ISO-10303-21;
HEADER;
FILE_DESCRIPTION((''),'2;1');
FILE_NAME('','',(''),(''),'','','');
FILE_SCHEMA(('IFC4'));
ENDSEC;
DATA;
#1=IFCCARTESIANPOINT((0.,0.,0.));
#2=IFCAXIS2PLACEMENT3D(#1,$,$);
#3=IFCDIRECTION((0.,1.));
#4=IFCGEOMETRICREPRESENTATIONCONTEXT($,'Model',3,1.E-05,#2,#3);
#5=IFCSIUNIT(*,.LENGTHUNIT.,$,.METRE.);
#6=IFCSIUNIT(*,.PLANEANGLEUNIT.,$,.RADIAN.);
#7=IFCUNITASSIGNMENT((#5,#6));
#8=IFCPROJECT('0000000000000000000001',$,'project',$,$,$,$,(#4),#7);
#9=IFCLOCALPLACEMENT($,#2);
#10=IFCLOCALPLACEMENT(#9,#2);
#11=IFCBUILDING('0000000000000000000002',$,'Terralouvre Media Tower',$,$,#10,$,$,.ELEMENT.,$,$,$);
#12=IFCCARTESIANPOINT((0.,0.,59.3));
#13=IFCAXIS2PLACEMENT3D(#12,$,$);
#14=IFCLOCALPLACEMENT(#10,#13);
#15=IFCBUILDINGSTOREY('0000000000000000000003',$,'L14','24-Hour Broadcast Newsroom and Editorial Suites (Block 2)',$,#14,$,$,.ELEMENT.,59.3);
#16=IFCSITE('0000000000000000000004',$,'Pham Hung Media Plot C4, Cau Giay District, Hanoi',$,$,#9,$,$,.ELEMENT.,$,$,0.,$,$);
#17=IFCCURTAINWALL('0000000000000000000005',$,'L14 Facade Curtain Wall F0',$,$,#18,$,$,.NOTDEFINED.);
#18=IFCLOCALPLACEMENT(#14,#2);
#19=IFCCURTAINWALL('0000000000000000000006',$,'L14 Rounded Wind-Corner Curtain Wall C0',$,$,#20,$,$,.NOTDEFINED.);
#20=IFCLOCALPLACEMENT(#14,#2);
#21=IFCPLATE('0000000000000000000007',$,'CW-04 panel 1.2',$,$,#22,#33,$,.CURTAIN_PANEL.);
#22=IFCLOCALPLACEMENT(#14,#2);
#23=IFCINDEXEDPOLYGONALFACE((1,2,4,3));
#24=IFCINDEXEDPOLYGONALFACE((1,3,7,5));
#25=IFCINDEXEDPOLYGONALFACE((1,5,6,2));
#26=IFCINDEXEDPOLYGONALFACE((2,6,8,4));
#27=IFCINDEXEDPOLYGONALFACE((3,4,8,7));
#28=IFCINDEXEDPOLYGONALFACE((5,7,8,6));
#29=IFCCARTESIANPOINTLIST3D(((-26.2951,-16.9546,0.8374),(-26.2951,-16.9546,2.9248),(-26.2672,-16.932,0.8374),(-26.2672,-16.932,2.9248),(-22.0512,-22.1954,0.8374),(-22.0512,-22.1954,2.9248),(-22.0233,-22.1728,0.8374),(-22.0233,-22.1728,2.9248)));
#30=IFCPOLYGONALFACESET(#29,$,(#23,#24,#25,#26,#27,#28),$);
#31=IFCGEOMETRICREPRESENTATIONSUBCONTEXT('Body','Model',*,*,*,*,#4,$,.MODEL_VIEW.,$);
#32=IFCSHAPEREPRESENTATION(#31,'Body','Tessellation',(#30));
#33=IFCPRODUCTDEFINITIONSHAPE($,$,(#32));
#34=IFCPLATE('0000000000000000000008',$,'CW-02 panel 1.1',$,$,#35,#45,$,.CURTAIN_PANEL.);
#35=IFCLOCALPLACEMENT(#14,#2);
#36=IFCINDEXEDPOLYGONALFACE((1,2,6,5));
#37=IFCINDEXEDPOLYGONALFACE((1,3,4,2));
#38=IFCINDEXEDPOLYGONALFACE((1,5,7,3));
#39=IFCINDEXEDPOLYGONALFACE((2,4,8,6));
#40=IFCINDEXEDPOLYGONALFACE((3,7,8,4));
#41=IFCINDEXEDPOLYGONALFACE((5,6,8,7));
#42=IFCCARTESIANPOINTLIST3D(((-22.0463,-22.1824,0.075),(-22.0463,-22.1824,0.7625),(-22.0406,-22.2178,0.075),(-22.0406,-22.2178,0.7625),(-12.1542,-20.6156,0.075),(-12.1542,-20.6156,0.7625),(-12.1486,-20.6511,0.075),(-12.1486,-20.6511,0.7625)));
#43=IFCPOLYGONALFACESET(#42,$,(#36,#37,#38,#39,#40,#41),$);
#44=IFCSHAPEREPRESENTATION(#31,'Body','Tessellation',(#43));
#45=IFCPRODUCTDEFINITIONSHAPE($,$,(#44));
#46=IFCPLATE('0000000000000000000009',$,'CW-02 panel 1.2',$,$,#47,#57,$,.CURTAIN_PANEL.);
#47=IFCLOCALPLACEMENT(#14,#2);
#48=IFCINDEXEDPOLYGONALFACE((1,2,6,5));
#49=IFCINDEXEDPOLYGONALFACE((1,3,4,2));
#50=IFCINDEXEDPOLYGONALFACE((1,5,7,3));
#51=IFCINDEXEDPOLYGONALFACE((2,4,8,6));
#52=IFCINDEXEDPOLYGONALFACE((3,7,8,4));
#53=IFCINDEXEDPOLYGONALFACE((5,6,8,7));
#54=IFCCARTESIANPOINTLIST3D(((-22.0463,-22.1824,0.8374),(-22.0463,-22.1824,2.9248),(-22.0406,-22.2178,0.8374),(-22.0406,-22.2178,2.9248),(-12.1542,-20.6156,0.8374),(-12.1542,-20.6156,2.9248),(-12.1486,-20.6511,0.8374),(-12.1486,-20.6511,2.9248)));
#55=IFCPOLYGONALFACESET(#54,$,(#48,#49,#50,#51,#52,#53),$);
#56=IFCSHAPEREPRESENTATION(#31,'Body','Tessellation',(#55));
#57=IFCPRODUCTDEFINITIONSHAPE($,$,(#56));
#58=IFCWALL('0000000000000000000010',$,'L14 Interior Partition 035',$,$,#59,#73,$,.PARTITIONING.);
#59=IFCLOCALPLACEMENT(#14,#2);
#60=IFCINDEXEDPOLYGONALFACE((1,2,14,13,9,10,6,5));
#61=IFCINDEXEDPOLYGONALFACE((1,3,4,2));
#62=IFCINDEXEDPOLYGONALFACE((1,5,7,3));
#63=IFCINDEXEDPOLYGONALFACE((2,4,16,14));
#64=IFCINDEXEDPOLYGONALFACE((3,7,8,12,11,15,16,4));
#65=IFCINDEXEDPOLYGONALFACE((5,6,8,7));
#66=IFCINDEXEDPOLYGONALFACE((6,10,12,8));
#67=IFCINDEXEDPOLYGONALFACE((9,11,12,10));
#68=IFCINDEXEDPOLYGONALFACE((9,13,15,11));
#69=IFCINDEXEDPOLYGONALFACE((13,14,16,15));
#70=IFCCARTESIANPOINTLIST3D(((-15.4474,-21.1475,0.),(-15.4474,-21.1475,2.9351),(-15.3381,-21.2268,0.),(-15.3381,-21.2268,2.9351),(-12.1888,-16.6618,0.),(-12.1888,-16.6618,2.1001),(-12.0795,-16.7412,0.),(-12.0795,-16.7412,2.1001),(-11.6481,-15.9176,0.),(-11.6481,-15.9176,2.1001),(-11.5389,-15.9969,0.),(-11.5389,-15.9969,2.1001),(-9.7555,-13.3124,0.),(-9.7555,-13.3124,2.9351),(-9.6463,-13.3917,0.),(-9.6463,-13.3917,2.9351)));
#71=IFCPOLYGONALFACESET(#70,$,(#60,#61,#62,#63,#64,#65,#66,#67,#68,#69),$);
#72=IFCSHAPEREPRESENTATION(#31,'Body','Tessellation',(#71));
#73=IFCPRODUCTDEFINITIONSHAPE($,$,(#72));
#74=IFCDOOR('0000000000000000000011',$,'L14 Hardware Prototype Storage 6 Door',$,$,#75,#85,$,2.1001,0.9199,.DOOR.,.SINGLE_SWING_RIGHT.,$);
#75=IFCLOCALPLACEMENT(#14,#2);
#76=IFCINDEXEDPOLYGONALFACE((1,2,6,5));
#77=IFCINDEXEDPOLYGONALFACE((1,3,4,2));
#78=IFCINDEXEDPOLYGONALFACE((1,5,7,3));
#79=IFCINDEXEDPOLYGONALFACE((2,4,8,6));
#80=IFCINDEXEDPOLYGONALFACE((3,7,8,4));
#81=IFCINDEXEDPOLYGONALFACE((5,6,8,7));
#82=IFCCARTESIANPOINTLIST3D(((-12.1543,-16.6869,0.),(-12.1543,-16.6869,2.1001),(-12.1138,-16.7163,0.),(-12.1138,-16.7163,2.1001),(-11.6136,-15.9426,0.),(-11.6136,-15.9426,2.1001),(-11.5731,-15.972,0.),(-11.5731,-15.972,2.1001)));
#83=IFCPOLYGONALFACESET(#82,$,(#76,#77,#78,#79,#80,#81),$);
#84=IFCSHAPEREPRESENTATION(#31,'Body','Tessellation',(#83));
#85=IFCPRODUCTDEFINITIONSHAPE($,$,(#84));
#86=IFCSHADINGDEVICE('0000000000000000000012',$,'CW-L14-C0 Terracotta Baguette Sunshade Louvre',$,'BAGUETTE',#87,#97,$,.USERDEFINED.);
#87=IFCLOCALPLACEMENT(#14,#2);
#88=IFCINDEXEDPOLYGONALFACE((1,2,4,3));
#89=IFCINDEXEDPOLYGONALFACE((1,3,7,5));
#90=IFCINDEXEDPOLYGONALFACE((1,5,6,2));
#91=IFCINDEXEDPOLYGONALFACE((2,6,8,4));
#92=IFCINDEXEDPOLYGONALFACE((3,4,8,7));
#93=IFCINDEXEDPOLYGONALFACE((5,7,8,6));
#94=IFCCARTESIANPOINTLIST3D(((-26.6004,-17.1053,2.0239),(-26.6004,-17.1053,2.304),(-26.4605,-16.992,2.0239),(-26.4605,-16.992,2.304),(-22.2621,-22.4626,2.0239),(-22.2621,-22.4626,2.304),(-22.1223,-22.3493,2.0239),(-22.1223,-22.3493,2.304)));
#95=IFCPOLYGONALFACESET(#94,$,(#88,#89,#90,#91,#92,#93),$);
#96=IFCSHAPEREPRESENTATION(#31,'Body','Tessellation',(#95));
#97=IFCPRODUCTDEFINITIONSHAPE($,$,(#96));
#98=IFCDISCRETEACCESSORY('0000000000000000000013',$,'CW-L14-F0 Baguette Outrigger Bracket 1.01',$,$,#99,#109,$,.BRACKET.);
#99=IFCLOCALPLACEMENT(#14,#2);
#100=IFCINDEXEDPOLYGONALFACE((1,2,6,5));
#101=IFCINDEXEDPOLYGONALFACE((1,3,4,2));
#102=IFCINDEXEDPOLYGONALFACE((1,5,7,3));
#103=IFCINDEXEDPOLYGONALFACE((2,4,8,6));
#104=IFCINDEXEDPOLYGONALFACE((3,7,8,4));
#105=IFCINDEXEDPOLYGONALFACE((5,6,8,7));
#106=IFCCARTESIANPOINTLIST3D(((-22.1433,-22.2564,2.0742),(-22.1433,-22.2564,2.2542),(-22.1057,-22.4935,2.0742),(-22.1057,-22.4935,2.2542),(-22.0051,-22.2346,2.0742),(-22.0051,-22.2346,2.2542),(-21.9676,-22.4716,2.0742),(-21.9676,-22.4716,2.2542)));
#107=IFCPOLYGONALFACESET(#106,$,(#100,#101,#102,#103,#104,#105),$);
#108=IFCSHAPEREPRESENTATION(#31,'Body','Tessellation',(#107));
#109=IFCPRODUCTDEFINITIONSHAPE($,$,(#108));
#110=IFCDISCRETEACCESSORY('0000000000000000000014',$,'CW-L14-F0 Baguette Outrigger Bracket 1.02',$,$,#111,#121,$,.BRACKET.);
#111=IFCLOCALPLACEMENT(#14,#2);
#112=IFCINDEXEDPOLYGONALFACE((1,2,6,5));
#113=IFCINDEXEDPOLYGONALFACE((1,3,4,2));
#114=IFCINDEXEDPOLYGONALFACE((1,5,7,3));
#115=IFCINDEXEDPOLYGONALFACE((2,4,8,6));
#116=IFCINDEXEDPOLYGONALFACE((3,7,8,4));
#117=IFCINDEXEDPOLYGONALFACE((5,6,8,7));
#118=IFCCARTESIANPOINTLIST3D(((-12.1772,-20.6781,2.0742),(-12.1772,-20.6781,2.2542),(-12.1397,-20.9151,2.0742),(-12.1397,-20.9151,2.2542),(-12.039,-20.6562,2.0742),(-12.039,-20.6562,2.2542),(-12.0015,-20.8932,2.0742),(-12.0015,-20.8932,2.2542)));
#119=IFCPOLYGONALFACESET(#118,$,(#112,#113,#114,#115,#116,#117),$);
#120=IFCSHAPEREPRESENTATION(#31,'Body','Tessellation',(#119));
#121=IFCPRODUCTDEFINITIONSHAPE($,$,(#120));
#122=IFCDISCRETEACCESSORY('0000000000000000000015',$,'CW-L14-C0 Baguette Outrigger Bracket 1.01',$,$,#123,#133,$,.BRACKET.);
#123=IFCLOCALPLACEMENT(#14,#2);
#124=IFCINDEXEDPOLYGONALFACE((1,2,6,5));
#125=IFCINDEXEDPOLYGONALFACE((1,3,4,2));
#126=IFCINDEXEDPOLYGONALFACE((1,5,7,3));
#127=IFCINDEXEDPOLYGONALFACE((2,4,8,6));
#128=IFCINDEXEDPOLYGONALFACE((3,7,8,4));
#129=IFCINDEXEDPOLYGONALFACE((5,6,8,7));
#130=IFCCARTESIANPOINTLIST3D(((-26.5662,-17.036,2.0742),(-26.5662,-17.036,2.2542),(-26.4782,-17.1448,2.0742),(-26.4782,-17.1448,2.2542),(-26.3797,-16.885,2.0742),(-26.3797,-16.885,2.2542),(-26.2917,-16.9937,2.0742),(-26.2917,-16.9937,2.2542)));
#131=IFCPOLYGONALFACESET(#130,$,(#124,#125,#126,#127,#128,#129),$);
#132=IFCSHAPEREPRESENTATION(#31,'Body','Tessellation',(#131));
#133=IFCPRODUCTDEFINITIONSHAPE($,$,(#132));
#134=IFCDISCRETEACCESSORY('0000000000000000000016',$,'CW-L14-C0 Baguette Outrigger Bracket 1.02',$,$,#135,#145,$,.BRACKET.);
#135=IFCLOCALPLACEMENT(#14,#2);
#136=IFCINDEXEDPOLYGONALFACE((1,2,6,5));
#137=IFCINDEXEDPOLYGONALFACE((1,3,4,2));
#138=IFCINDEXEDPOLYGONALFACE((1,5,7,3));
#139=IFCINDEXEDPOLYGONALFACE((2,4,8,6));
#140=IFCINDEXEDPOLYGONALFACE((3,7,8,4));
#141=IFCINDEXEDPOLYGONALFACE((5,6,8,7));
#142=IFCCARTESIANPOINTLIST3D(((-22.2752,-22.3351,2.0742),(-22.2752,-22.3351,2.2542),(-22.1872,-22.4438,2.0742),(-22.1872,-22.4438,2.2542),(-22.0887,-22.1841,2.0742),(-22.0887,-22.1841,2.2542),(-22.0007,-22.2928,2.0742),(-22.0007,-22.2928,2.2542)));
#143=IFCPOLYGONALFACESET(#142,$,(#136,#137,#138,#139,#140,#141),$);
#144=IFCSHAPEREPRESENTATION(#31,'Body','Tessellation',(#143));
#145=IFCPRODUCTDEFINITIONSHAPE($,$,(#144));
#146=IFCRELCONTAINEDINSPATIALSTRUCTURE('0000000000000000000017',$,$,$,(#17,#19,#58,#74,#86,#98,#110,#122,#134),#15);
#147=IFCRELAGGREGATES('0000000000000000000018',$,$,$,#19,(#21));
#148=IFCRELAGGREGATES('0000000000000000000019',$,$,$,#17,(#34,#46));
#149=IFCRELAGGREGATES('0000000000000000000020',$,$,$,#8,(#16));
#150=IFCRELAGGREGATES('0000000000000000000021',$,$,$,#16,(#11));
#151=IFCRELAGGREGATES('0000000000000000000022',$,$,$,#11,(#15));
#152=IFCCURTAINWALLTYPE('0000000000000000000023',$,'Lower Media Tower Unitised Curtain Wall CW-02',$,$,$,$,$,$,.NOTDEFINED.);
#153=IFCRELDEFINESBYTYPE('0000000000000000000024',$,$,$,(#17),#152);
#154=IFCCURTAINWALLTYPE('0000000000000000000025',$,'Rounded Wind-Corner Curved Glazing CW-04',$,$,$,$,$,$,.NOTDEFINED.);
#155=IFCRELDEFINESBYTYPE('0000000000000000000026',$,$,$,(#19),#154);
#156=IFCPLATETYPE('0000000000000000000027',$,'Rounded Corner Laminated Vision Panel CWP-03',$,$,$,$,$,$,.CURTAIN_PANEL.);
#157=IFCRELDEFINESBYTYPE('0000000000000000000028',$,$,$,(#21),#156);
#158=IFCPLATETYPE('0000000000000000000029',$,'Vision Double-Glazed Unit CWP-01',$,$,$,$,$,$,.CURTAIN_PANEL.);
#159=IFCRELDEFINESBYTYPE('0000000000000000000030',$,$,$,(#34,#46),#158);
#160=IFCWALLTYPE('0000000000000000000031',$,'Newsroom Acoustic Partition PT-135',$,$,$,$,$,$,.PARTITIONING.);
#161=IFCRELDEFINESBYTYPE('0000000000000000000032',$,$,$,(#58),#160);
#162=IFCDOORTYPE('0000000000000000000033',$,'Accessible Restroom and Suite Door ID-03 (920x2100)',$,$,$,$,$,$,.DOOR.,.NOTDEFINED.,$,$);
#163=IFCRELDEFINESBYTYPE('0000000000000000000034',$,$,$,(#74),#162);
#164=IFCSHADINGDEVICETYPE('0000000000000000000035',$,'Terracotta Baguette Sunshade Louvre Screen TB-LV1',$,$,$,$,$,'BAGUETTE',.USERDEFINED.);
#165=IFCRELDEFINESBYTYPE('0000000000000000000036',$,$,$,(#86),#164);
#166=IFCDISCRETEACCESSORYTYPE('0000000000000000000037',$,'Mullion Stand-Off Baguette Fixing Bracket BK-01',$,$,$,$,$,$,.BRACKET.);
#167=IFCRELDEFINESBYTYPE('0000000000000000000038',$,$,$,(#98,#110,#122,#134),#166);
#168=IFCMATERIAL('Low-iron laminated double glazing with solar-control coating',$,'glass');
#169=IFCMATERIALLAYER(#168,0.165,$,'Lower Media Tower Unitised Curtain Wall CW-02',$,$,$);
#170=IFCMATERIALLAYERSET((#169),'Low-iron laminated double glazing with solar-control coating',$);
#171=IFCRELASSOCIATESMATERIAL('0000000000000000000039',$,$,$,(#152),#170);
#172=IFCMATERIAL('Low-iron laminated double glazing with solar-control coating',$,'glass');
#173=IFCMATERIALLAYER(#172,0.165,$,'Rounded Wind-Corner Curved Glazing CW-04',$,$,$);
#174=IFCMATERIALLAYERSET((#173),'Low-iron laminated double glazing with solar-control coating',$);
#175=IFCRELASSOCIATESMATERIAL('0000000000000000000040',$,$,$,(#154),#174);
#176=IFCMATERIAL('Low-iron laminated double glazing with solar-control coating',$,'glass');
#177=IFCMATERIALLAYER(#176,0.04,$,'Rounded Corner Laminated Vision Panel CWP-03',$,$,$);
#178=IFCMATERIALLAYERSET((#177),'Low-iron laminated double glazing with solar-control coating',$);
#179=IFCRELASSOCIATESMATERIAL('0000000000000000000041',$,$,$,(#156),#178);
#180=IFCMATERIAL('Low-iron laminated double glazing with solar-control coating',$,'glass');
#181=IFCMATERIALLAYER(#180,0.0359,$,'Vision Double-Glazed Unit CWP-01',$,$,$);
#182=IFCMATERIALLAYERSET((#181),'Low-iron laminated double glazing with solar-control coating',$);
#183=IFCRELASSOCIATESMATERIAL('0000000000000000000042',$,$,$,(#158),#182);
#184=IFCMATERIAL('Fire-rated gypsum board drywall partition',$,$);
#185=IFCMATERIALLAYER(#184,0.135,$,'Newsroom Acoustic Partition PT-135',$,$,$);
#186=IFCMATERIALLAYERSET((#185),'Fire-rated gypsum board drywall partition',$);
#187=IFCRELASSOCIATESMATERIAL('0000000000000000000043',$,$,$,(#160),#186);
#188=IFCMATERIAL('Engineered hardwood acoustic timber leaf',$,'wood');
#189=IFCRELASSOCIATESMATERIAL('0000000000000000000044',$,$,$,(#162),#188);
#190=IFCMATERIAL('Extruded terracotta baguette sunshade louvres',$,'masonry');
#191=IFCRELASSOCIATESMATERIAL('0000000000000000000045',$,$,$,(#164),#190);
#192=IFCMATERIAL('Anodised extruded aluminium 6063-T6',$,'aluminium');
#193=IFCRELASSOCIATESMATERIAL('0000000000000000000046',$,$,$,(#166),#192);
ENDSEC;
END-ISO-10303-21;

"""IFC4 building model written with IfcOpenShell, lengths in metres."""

from ifc_helpers import new_model, si_unit, direction, frame, frame_2d, origin, origin_2d, place, context, subcontext, project, spatial, rectangle, extrude, material, layer, layer_set, type_object, element, fill, aggregate, save


model = new_model("IFC4")

# Units and contexts
model_context = context("Model", 3, precision=1e-05, world=origin(), true_north=direction((0.0, 1.0)))
body_context = subcontext(model_context, "Body", "Model", "MODEL_VIEW")
ifc_project = project(units=[si_unit("LENGTHUNIT", "METRE"), si_unit("PLANEANGLEUNIT", "RADIAN")], contexts=[model_context])

# Site, building, storey
site_placement = place(None, origin())
site = spatial("IfcSite", under=ifc_project, at=site_placement, Name="Pham Hung Media Plot C4, Cau Giay District, Hanoi", CompositionType="ELEMENT", RefElevation=0.0)
building_placement = place(site_placement, origin())
building = spatial("IfcBuilding", under=site, at=building_placement, Name="Terralouvre Media Tower", CompositionType="ELEMENT")
storey_placement = place(building_placement, frame((0.0, 0.0, 59.3)))
storey = spatial("IfcBuildingStorey", under=building, at=storey_placement, Name="L14", Description="24-Hour Broadcast Newsroom and Editorial Suites (Block 2)", CompositionType="ELEMENT", Elevation=59.3)

# Curtain wall
ifc_material_1 = material(Name="Low-iron laminated double glazing with solar-control coating", Category="glass")
ifc_layer_1 = layer(ifc_material_1, 0.165, Name="Lower Media Tower Unitised Curtain Wall CW-02")
ifc_layer_set_1 = layer_set([ifc_layer_1], Name="Low-iron laminated double glazing with solar-control coating")
curtain_wall_type_1 = type_object("IfcCurtainWallType", Name="Lower Media Tower Unitised Curtain Wall CW-02", PredefinedType="NOTDEFINED", material=ifc_layer_set_1)
curtain_wall_1_placement = place(storey_placement, origin())
curtain_wall_1 = element("IfcCurtainWall", 1, at=curtain_wall_1_placement, inside=storey, type_object=curtain_wall_type_1, Name="L14 Facade Curtain Wall F0", PredefinedType="NOTDEFINED")

# Curtain wall
ifc_material_2 = material(Name="Low-iron laminated double glazing with solar-control coating", Category="glass")
ifc_layer_2 = layer(ifc_material_2, 0.165, Name="Rounded Wind-Corner Curved Glazing CW-04")
ifc_layer_set_2 = layer_set([ifc_layer_2], Name="Low-iron laminated double glazing with solar-control coating")
curtain_wall_type_2 = type_object("IfcCurtainWallType", Name="Rounded Wind-Corner Curved Glazing CW-04", PredefinedType="NOTDEFINED", material=ifc_layer_set_2)
curtain_wall_2_placement = place(storey_placement, origin())
curtain_wall_2 = element("IfcCurtainWall", 2, at=curtain_wall_2_placement, inside=storey, type_object=curtain_wall_type_2, Name="L14 Rounded Wind-Corner Curtain Wall C0", PredefinedType="NOTDEFINED")

# Plates
ifc_material_3 = material(Name="Low-iron laminated double glazing with solar-control coating", Category="glass")
ifc_layer_3 = layer(ifc_material_3, 0.04, Name="Rounded Corner Laminated Vision Panel CWP-03")
ifc_layer_set_3 = layer_set([ifc_layer_3], Name="Low-iron laminated double glazing with solar-control coating")
plate_type_1 = type_object("IfcPlateType", Name="Rounded Corner Laminated Vision Panel CWP-03", PredefinedType="CURTAIN_PANEL", material=ifc_layer_set_3)
plate_1_placement = place(storey_placement, frame((-24.1592, -19.5637, 0.8374), z_axis=(0.0, 0.0, 1.0), x_axis=(0.62932, -0.777146, 0.0)))
plate_1 = element("IfcPlate", 3, at=plate_1_placement, type_object=plate_type_1, Name="CW-04 panel 1.2", PredefinedType="CURTAIN_PANEL", context=body_context, shape_type="SweptSolid", body=[
    extrude(rectangle(XDim=6.7437, YDim=0.0359, at=origin_2d()), origin(), (0.0, 0.0, 1.0), 2.0874),
])
aggregate(curtain_wall_2, [plate_1])
ifc_material_4 = material(Name="Low-iron laminated double glazing with solar-control coating", Category="glass")
ifc_layer_4 = layer(ifc_material_4, 0.0359, Name="Vision Double-Glazed Unit CWP-01")
ifc_layer_set_4 = layer_set([ifc_layer_4], Name="Low-iron laminated double glazing with solar-control coating")
plate_type_2 = type_object("IfcPlateType", Name="Vision Double-Glazed Unit CWP-01", PredefinedType="CURTAIN_PANEL", material=ifc_layer_set_4)
plate_2_placement = place(storey_placement, frame((-17.0974, -21.4167, 0.075), z_axis=(0.0, 0.0, 1.0), x_axis=(0.987688, 0.156434, 0.0)))
plate_2 = element("IfcPlate", 4, at=plate_2_placement, type_object=plate_type_2, Name="CW-02 panel 1.1", PredefinedType="CURTAIN_PANEL", context=body_context, shape_type="SweptSolid", body=[
    extrude(rectangle(XDim=10.0154, YDim=0.0359, at=origin_2d()), origin(), (0.0, 0.0, 1.0), 0.6875),
])
plate_3_placement = place(storey_placement, frame((-17.0974, -21.4167, 0.8374), z_axis=(0.0, 0.0, 1.0), x_axis=(0.987688, 0.156434, 0.0)))
plate_3 = element("IfcPlate", 5, at=plate_3_placement, type_object=plate_type_2, Name="CW-02 panel 1.2", PredefinedType="CURTAIN_PANEL", context=body_context, shape_type="SweptSolid", body=[
    extrude(rectangle(XDim=10.0154, YDim=0.0359, at=origin_2d()), origin(), (0.0, 0.0, 1.0), 2.0874),
])
aggregate(curtain_wall_1, [plate_2, plate_3])

# Wall, opening, door
ifc_material_5 = material(Name="Fire-rated gypsum board drywall partition")
ifc_layer_5 = layer(ifc_material_5, 0.135, Name="Newsroom Acoustic Partition PT-135")
ifc_layer_set_5 = layer_set([ifc_layer_5], Name="Fire-rated gypsum board drywall partition")
wall_type = type_object("IfcWallType", Name="Newsroom Acoustic Partition PT-135", PredefinedType="PARTITIONING", material=ifc_layer_set_5)
wall_placement = place(storey_placement, frame((-15.3928, -21.1873, 0.0), z_axis=(0.0, 0.0, 1.0), x_axis=(0.587737, 0.809052, 0.0)))
wall = element("IfcWall", 6, at=wall_placement, inside=storey, type_object=wall_type, Name="L14 Interior Partition 035", PredefinedType="PARTITIONING", context=body_context, shape_type="SweptSolid", body=[
    extrude(rectangle(XDim=9.6843, YDim=0.135, at=frame_2d((4.8423, 0.0))), origin(), (0.0, 0.0, 1.0), 2.9351),
])
opening_placement = place(wall_placement, frame((5.5444, 0.0, 0.0)))
opening = element("IfcOpeningElement", 7, at=opening_placement, cuts=wall, PredefinedType="OPENING", context=body_context, shape_type="SweptSolid", body=[
    extrude(rectangle(XDim=0.9199, YDim=2.1001, at=frame_2d((0.46, 1.05))), frame((0.0, 0.0774, 0.0), z_axis=(0.0, -1.0, 0.0), x_axis=(1.0, 0.0, 0.0)), (0.0, 0.0, 1.0), 0.155),
])
ifc_material_6 = material(Name="Engineered hardwood acoustic timber leaf", Category="wood")
door_type = type_object("IfcDoorType", Name="Accessible Restroom and Suite Door ID-03 (920x2100)", OperationType="NOTDEFINED", PredefinedType="DOOR", material=ifc_material_6)
door_placement = place(opening_placement, origin())
door = element("IfcDoor", 8, at=door_placement, inside=storey, type_object=door_type, Name="L14 Hardware Prototype Storage 6 Door", OperationType="SINGLE_SWING_RIGHT", OverallHeight=2.1001, OverallWidth=0.9199, PredefinedType="DOOR", context=body_context, shape_type="SweptSolid", body=[
    extrude(rectangle(XDim=0.9199, YDim=2.1001, at=frame_2d((0.46, 1.05))), frame((0.0, 0.0249, 0.0), z_axis=(0.0, -1.0, 0.0), x_axis=(1.0, 0.0, 0.0)), (0.0, 0.0, 1.0), 0.05),
])
fill(opening, door)

# Shading device
ifc_material_7 = material(Name="Extruded terracotta baguette sunshade louvres", Category="masonry")
shading_device_type = type_object("IfcShadingDeviceType", Name="Terracotta Baguette Sunshade Louvre Screen TB-LV1", ElementType="BAGUETTE", PredefinedType="USERDEFINED", material=ifc_material_7)
shading_device_placement = place(storey_placement, frame((-24.3613, -19.7273, 2.0239), z_axis=(0.0, 0.0, 1.0), x_axis=(0.62932, -0.777146, 0.0)))
element("IfcShadingDevice", 9, at=shading_device_placement, inside=storey, type_object=shading_device_type, Name="CW-L14-C0 Terracotta Baguette Sunshade Louvre", ObjectType="BAGUETTE", PredefinedType="USERDEFINED", context=body_context, shape_type="SweptSolid", body=[
    extrude(rectangle(XDim=6.8936, YDim=0.1799, at=origin_2d()), origin(), (0.0, 0.0, 1.0), 0.28),
])

# Discrete accessories
ifc_material_8 = material(Name="Anodised extruded aluminium 6063-T6", Category="aluminium")
discrete_accessory_type = type_object("IfcDiscreteAccessoryType", Name="Mullion Stand-Off Baguette Fixing Bracket BK-01", PredefinedType="BRACKET", material=ifc_material_8)
for number, where, z_axis, x_axis, name in (
    (10, (-22.0554, -22.364, 2.0742), (0.0, 0.0, 1.0), (0.987688, 0.156434, 0.0), "CW-L14-F0 Baguette Outrigger Bracket 1.01"),
    (11, (-12.0894, -20.7856, 2.0742), (0.0, 0.0, 1.0), (0.987688, 0.156434, 0.0), "CW-L14-F0 Baguette Outrigger Bracket 1.02"),
    (12, (-26.429, -17.0149, 2.0742), (0.0, 0.0, 1.0), (0.62932, -0.777146, 0.0), "CW-L14-C0 Baguette Outrigger Bracket 1.01"),
    (13, (-22.1379, -22.314, 2.0742), (0.0, 0.0, 1.0), (0.62932, -0.777146, 0.0), "CW-L14-C0 Baguette Outrigger Bracket 1.02"),
):
    element("IfcDiscreteAccessory", number, at=place(storey_placement, frame(where, z_axis=z_axis, x_axis=x_axis)), inside=storey, type_object=discrete_accessory_type, Name=name, PredefinedType="BRACKET", context=body_context, shape_type="SweptSolid", body=[
        extrude(rectangle(XDim=0.1399, YDim=0.24, at=origin_2d()), origin(), (0.0, 0.0, 1.0), 0.1799),
    ])

save(model, "model.ifc")
